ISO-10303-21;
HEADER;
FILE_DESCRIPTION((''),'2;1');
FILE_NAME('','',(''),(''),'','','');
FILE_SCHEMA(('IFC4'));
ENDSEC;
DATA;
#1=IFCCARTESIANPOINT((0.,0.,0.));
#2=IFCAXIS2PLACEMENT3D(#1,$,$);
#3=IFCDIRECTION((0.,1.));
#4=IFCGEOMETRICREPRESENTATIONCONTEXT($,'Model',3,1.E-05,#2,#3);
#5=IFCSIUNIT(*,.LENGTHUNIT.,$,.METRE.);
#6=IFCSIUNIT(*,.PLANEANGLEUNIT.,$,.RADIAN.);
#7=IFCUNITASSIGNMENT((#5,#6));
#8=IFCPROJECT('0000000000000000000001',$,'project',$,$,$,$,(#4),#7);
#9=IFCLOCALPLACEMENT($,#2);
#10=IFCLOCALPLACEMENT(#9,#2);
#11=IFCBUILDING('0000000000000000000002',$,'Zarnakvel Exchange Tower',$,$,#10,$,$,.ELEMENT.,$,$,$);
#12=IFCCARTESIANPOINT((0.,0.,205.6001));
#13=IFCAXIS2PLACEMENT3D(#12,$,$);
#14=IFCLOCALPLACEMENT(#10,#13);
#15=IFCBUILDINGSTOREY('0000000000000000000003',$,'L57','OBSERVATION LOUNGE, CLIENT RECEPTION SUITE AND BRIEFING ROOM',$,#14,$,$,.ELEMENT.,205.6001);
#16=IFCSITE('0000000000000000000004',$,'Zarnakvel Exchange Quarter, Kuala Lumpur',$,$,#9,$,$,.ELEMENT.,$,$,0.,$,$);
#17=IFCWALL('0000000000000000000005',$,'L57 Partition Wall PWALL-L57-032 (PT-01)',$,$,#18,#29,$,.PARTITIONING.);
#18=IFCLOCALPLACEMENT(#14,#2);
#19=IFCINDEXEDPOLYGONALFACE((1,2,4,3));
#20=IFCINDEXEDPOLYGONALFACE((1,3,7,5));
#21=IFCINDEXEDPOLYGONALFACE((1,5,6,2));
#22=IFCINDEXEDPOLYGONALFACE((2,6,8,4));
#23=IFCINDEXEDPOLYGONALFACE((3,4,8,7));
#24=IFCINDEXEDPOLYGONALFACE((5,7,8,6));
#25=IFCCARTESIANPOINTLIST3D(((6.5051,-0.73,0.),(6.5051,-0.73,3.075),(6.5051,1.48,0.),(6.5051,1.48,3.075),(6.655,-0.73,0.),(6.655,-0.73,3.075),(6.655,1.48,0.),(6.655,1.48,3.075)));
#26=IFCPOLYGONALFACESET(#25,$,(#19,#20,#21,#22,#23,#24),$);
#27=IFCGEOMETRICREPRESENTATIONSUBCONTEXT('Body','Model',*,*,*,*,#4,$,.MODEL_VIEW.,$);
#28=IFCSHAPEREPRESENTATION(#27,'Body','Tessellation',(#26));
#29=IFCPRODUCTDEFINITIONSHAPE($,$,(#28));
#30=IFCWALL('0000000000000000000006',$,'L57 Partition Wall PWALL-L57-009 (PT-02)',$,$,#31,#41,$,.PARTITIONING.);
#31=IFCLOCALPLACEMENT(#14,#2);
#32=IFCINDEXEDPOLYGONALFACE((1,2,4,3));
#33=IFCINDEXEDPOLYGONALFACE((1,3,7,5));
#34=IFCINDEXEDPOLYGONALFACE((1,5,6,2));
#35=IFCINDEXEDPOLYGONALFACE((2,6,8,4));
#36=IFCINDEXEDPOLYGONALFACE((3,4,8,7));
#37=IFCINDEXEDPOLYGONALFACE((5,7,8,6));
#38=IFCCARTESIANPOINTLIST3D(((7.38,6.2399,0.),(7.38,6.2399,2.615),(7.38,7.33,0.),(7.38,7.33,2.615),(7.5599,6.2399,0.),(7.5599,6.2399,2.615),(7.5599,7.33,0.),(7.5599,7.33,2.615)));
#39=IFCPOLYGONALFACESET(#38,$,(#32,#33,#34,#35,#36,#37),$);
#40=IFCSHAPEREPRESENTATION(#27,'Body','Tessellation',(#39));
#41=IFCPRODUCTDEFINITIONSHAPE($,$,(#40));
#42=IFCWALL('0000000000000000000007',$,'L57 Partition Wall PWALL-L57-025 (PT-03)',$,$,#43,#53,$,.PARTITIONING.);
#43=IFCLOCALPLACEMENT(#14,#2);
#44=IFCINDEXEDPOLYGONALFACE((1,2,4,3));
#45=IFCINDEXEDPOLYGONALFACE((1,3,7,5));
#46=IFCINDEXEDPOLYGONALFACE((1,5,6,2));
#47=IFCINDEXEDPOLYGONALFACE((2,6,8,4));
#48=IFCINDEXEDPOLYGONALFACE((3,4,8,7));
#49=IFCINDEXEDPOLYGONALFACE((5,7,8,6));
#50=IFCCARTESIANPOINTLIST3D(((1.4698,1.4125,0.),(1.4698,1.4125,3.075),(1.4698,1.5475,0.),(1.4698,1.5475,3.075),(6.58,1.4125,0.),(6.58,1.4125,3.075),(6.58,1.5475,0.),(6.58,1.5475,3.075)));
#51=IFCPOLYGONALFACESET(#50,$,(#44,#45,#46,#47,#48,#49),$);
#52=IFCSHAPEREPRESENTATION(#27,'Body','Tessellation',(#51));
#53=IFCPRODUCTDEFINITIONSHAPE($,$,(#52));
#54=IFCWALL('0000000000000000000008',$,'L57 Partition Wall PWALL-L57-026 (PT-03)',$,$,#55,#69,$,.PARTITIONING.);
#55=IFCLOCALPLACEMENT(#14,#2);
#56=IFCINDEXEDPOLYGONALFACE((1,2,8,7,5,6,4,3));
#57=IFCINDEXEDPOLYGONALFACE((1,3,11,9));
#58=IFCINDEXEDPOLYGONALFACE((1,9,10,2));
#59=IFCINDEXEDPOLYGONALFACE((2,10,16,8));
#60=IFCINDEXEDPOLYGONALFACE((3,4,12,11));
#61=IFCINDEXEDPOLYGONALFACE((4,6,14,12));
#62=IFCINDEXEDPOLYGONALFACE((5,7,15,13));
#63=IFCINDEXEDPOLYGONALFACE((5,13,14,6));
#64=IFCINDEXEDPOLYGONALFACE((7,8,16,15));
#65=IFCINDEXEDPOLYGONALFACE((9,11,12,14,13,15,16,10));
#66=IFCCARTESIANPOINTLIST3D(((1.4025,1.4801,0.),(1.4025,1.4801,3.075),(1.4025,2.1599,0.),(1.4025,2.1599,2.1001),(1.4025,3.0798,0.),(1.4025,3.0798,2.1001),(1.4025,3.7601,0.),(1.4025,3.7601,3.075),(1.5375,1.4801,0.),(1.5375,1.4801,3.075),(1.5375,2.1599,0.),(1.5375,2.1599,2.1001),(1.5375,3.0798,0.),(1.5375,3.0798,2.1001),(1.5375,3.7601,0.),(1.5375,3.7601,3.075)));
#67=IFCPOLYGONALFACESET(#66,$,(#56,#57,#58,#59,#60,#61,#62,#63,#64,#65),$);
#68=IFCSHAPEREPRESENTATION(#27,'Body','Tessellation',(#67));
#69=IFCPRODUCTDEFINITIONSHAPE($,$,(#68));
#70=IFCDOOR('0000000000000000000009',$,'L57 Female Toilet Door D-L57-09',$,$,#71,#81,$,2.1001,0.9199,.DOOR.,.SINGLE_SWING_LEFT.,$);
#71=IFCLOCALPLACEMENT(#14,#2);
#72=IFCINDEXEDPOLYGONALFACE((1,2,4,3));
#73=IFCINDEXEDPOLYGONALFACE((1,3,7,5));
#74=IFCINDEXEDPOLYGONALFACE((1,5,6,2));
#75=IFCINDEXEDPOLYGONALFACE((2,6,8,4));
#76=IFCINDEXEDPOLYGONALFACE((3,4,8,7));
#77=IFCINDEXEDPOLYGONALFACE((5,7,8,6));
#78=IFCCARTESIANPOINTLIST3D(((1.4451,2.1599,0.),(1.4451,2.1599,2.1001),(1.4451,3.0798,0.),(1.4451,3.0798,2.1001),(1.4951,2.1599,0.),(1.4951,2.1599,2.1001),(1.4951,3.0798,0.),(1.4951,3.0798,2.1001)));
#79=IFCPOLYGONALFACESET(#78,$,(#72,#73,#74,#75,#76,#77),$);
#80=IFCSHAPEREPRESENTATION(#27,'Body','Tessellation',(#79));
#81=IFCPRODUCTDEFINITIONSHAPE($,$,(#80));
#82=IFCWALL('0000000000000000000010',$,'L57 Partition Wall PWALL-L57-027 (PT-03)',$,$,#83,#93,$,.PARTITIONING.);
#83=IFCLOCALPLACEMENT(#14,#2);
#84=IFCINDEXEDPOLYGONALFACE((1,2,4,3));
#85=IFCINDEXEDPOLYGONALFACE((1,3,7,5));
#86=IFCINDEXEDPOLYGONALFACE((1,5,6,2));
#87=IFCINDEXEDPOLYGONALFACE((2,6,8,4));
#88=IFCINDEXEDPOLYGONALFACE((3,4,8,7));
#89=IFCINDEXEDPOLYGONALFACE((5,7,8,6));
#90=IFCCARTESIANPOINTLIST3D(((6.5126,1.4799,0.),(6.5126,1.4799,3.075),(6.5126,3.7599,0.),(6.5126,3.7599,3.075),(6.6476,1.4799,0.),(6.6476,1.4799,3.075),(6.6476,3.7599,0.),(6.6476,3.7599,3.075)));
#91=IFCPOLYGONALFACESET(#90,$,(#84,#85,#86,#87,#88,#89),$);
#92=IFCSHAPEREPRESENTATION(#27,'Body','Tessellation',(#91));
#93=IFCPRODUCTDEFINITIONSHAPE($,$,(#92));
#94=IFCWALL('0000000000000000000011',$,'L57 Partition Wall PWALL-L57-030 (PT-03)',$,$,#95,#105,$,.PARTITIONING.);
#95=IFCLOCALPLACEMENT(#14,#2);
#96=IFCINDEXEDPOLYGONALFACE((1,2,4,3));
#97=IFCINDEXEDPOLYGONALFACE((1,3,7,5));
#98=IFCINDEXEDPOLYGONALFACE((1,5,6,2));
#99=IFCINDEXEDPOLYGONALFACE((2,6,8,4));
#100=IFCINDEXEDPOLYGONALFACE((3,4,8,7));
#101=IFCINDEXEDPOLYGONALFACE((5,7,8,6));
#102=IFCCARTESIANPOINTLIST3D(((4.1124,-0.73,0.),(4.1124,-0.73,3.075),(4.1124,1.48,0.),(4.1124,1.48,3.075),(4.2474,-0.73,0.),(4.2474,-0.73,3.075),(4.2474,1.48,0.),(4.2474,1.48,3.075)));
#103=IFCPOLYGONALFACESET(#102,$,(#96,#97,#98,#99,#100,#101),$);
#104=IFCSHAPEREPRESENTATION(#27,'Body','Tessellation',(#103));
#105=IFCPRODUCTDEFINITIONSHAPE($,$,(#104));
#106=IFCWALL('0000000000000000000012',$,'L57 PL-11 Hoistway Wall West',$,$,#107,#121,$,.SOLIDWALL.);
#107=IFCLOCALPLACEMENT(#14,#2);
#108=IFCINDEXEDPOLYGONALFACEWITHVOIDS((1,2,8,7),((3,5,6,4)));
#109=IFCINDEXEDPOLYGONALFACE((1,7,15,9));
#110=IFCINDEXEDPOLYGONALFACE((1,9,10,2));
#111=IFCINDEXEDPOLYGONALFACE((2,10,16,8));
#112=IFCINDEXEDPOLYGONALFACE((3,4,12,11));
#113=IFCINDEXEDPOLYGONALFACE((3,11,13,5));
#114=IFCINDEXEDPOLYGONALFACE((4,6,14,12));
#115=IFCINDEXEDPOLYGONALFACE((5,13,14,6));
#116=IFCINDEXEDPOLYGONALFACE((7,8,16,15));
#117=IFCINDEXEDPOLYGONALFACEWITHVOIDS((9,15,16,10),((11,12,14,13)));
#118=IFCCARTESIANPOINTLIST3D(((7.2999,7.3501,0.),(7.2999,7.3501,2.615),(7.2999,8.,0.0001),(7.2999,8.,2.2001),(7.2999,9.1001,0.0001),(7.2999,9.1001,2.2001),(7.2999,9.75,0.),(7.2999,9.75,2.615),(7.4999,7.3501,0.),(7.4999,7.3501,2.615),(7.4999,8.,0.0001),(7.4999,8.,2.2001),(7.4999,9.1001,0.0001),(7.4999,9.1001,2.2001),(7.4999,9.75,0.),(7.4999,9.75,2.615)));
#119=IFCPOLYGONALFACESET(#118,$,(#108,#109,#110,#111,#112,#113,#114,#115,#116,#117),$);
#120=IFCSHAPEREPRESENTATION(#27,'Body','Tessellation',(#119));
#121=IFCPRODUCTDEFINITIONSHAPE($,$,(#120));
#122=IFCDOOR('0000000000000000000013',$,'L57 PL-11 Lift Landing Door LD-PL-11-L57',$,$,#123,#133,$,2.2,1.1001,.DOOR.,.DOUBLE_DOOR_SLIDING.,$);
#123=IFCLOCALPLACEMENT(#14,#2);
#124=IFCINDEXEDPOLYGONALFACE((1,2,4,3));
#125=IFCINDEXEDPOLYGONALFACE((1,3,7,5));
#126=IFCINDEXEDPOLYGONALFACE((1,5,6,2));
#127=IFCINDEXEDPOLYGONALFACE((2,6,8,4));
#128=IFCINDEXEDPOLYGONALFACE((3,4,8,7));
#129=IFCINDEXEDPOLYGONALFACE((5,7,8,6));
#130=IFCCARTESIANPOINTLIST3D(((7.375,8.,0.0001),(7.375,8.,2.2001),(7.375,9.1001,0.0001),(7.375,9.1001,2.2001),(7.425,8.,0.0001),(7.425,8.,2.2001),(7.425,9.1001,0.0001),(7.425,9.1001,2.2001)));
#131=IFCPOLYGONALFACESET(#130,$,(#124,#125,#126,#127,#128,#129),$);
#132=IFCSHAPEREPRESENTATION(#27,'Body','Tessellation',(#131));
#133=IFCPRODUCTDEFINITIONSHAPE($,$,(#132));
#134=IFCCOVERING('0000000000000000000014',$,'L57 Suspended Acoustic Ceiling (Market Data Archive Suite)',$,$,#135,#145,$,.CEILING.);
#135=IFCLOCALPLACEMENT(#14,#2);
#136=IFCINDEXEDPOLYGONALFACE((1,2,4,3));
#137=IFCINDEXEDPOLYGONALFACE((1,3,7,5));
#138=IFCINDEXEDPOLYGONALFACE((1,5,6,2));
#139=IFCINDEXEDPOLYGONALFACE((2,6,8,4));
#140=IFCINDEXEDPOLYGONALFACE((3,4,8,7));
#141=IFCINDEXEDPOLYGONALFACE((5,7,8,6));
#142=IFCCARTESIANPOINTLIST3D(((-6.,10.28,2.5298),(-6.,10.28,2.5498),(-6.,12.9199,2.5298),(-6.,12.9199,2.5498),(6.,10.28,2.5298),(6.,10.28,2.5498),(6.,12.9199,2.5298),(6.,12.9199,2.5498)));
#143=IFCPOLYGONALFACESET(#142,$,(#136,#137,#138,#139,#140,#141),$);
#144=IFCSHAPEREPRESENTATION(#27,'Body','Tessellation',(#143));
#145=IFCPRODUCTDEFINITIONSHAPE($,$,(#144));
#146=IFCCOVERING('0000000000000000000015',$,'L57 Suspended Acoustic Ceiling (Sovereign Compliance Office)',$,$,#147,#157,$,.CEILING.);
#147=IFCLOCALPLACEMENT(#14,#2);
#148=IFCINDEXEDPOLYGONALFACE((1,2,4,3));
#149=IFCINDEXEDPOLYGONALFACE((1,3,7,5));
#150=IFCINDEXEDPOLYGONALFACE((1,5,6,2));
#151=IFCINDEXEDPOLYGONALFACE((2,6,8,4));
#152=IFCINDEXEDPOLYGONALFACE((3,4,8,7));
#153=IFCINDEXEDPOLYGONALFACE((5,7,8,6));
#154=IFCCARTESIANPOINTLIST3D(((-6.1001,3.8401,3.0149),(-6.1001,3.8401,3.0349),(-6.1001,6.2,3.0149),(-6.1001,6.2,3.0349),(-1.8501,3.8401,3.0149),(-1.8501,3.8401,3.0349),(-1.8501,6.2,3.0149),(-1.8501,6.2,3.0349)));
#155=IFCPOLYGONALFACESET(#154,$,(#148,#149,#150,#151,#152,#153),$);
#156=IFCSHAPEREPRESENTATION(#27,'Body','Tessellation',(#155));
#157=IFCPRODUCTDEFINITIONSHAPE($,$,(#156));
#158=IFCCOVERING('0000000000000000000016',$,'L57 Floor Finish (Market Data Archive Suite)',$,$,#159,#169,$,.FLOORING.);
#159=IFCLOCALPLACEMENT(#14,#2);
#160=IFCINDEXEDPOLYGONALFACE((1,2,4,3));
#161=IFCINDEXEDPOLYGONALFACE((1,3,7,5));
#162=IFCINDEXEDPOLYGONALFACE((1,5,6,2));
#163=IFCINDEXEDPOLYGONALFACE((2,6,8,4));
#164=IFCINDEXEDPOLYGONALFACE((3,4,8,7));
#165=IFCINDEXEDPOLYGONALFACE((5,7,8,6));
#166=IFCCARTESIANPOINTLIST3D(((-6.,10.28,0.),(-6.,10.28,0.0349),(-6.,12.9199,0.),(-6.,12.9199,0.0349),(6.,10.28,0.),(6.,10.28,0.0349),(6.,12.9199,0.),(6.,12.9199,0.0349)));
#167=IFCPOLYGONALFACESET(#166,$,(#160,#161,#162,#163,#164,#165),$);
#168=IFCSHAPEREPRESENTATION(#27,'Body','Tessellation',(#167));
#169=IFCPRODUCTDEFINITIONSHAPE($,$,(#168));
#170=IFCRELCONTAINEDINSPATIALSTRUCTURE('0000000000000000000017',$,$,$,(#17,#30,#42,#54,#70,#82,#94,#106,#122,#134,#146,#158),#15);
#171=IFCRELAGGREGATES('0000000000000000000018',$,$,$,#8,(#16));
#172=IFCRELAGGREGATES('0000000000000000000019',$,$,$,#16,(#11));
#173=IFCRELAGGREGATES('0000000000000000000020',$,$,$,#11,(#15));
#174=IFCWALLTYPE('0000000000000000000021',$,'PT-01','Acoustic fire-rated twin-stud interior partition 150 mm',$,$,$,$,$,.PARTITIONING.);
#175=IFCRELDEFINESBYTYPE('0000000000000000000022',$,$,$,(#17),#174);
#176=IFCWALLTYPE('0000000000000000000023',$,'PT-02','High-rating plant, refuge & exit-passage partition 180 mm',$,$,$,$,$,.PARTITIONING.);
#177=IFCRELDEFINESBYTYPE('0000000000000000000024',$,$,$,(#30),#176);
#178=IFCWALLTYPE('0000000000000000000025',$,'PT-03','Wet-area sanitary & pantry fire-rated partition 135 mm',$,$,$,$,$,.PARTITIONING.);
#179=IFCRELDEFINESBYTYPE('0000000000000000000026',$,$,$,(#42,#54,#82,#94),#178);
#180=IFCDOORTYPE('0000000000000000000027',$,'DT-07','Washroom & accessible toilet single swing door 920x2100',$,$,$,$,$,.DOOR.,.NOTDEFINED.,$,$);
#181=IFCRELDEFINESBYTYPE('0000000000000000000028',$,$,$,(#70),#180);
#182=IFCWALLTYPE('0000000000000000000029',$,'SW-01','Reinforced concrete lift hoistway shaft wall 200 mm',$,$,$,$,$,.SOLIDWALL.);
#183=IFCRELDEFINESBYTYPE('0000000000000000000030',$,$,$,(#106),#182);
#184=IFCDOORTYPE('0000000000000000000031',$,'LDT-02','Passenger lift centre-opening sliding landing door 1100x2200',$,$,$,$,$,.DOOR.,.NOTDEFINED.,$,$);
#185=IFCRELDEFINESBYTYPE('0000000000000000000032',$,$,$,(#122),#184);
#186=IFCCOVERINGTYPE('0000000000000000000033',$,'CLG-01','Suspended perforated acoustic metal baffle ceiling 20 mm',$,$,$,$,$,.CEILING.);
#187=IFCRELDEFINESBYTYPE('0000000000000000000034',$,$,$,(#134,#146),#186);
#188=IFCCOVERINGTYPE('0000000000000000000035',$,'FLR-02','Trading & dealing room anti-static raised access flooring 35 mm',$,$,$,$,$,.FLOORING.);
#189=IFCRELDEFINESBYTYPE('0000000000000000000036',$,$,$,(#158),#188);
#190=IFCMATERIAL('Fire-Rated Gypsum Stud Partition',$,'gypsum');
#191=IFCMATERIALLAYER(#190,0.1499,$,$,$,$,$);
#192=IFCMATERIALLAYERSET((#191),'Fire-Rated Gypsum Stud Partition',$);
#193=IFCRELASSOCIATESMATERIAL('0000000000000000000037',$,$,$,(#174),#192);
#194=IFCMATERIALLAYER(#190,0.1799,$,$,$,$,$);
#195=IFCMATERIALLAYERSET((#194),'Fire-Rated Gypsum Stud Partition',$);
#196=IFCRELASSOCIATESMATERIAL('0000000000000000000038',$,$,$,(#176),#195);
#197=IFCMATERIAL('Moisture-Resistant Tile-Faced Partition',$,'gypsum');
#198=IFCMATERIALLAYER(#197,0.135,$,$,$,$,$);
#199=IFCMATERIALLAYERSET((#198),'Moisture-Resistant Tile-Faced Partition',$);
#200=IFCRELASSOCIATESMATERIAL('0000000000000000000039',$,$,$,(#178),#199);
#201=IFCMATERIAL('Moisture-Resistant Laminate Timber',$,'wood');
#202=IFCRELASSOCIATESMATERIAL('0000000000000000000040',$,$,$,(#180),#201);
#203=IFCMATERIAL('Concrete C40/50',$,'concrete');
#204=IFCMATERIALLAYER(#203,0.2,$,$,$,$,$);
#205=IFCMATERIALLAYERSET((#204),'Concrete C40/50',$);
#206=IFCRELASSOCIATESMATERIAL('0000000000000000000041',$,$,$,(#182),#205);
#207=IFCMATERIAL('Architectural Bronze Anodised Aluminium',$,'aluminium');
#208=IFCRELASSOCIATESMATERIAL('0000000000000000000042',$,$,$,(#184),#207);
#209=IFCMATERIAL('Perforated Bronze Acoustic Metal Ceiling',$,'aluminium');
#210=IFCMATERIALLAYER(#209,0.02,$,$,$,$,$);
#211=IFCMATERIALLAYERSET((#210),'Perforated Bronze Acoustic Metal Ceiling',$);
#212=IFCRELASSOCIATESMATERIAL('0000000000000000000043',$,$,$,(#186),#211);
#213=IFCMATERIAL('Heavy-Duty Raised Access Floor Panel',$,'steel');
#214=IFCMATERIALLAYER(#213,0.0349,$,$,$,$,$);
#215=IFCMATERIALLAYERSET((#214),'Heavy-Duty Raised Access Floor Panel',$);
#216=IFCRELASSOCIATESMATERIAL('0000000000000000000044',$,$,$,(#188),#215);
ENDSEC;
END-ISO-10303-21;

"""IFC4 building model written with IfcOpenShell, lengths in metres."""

from ifc_helpers import new_model, si_unit, direction, frame, frame_2d, origin, place, context, subcontext, project, spatial, polyline, rectangle, outline, extrude, source, transform, mapped, material, layer, layer_set, type_object, element, fill, save


model = new_model("IFC4")

# Units and contexts
model_context = context("Model", 3, precision=1e-05, world=origin(), true_north=direction((0.0, 1.0)))
body_context = subcontext(model_context, "Body", "Model", "MODEL_VIEW")
ifc_project = project(units=[si_unit("LENGTHUNIT", "METRE"), si_unit("PLANEANGLEUNIT", "RADIAN")], contexts=[model_context])

# Site, building, storey
site_placement = place(None, origin())
site = spatial("IfcSite", under=ifc_project, at=site_placement, Name="Zarnakvel Exchange Quarter, Kuala Lumpur", CompositionType="ELEMENT", RefElevation=0.0)
building_placement = place(site_placement, origin())
building = spatial("IfcBuilding", under=site, at=building_placement, Name="Zarnakvel Exchange Tower", CompositionType="ELEMENT")
storey_placement = place(building_placement, frame((0.0, 0.0, 205.6001)))
storey = spatial("IfcBuildingStorey", under=building, at=storey_placement, Name="L57", Description="OBSERVATION LOUNGE, CLIENT RECEPTION SUITE AND BRIEFING ROOM", CompositionType="ELEMENT", Elevation=205.6001)

# Shared definitions
ifc_material_1 = material(Name="Concrete C40/50", Category="concrete")

# Shared definitions
ifc_material_2 = material(Name="Fire-Rated Gypsum Stud Partition", Category="gypsum")
ifc_layer_1 = layer(ifc_material_2, 0.1499)
ifc_layer_set_1 = layer_set([ifc_layer_1], Name="Fire-Rated Gypsum Stud Partition")
wall_type_1 = type_object("IfcWallType", Name="PT-01", Description="Acoustic fire-rated twin-stud interior partition 150 mm", PredefinedType="PARTITIONING", material=ifc_layer_set_1)

# Walls
wall_1_placement = place(storey_placement, frame((6.5801, 1.48, 0.0), z_axis=(0.0, 0.0, 1.0), x_axis=(0.0, -1.0, 0.0)))
element("IfcWall", 1, at=wall_1_placement, inside=storey, type_object=wall_type_1, Name="L57 Partition Wall PWALL-L57-032 (PT-01)", PredefinedType="PARTITIONING", context=body_context, shape_type="SweptSolid", body=[
    extrude(rectangle(XDim=2.21, YDim=0.1499, at=frame_2d((1.105, 0.0))), origin(), (0.0, 0.0, 1.0), 3.075),
])
ifc_layer_2 = layer(ifc_material_2, 0.1799)
ifc_layer_set_2 = layer_set([ifc_layer_2], Name="Fire-Rated Gypsum Stud Partition")
wall_type_2 = type_object("IfcWallType", Name="PT-02", Description="High-rating plant, refuge & exit-passage partition 180 mm", PredefinedType="PARTITIONING", material=ifc_layer_set_2)
wall_2_placement = place(storey_placement, frame((7.47, 6.24, 0.0), z_axis=(0.0, 0.0, 1.0), x_axis=(0.0, 1.0, 0.0)))
element("IfcWall", 2, at=wall_2_placement, inside=storey, type_object=wall_type_2, Name="L57 Partition Wall PWALL-L57-009 (PT-02)", PredefinedType="PARTITIONING", context=body_context, shape_type="SweptSolid", body=[
    extrude(rectangle(XDim=1.0901, YDim=0.1799, at=frame_2d((0.5449, 0.0))), origin(), (0.0, 0.0, 1.0), 2.615),
])
ifc_material_3 = material(Name="Moisture-Resistant Tile-Faced Partition", Category="gypsum")
ifc_layer_3 = layer(ifc_material_3, 0.135)
ifc_layer_set_3 = layer_set([ifc_layer_3], Name="Moisture-Resistant Tile-Faced Partition")
wall_type_3 = type_object("IfcWallType", Name="PT-03", Description="Wet-area sanitary & pantry fire-rated partition 135 mm", PredefinedType="PARTITIONING", material=ifc_layer_set_3)
wall_3_placement = place(storey_placement, frame((6.5801, 1.48, 0.0), z_axis=(0.0, 0.0, 1.0), x_axis=(-1.0, 0.0, 0.0)))
element("IfcWall", 3, at=wall_3_placement, inside=storey, type_object=wall_type_3, Name="L57 Partition Wall PWALL-L57-025 (PT-03)", PredefinedType="PARTITIONING", context=body_context, shape_type="SweptSolid", body=[
    extrude(rectangle(XDim=5.1101, YDim=0.135, at=frame_2d((2.5552, 0.0))), origin(), (0.0, 0.0, 1.0), 3.075),
])

# Wall, opening, door
wall_4_placement = place(storey_placement, frame((1.47, 1.48, 0.0), z_axis=(0.0, 0.0, 1.0), x_axis=(0.0, 1.0, 0.0)))
wall_4 = element("IfcWall", 4, at=wall_4_placement, inside=storey, type_object=wall_type_3, Name="L57 Partition Wall PWALL-L57-026 (PT-03)", PredefinedType="PARTITIONING", context=body_context, shape_type="SweptSolid", body=[
    extrude(rectangle(XDim=2.28, YDim=0.135, at=frame_2d((1.1401, 0.0))), origin(), (0.0, 0.0, 1.0), 3.075),
])
opening_1_placement = place(wall_4_placement, frame((0.6799, 0.0, 0.0)))
opening_1 = element("IfcOpeningElement", 5, at=opening_1_placement, cuts=wall_4, PredefinedType="OPENING", context=body_context, shape_type="SweptSolid", body=[
    extrude(rectangle(XDim=0.9199, YDim=2.1001, at=frame_2d((0.46, 1.05))), frame((0.0, 0.0774, 0.0), z_axis=(0.0, -1.0, 0.0), x_axis=(1.0, 0.0, 0.0)), (0.0, 0.0, 1.0), 0.155),
])
ifc_material_4 = material(Name="Moisture-Resistant Laminate Timber", Category="wood")
door_type_1 = type_object("IfcDoorType", Name="DT-07", Description="Washroom & accessible toilet single swing door 920x2100", OperationType="NOTDEFINED", PredefinedType="DOOR", material=ifc_material_4)
shared_shape_1 = source(origin(), body_context, "Body", "SweptSolid", [
    extrude(rectangle(XDim=0.9199, YDim=2.1001, at=frame_2d((0.46, 1.05))), frame((0.0, 0.0249, 0.0), z_axis=(0.0, -1.0, 0.0), x_axis=(1.0, 0.0, 0.0)), (0.0, 0.0, 1.0), 0.05),
])
door_1_placement = place(opening_1_placement, origin())
door_1 = element("IfcDoor", 6, at=door_1_placement, inside=storey, type_object=door_type_1, Name="L57 Female Toilet Door D-L57-09", OperationType="SINGLE_SWING_LEFT", OverallHeight=2.1001, OverallWidth=0.9199, PredefinedType="DOOR", context=body_context, shape_type="MappedRepresentation", body=[
    mapped(shared_shape_1, transform((0.0, 0.0, 0.0), x_axis=(1.0, 0.0, 0.0), y_axis=(0.0, 1.0, 0.0), z_axis=(0.0, 0.0, 1.0), scale=1.0)),
])
fill(opening_1, door_1)

# Walls
wall_5_placement = place(storey_placement, frame((6.5801, 3.76, 0.0), z_axis=(0.0, 0.0, 1.0), x_axis=(0.0, -1.0, 0.0)))
element("IfcWall", 7, at=wall_5_placement, inside=storey, type_object=wall_type_3, Name="L57 Partition Wall PWALL-L57-027 (PT-03)", PredefinedType="PARTITIONING", context=body_context, shape_type="SweptSolid", body=[
    extrude(rectangle(XDim=2.28, YDim=0.135, at=frame_2d((1.1401, 0.0))), origin(), (0.0, 0.0, 1.0), 3.075),
])
wall_6_placement = place(storey_placement, frame((4.1799, 1.48, 0.0), z_axis=(0.0, 0.0, 1.0), x_axis=(0.0, -1.0, 0.0)))
element("IfcWall", 8, at=wall_6_placement, inside=storey, type_object=wall_type_3, Name="L57 Partition Wall PWALL-L57-030 (PT-03)", PredefinedType="PARTITIONING", context=body_context, shape_type="SweptSolid", body=[
    extrude(rectangle(XDim=2.21, YDim=0.135, at=frame_2d((1.105, 0.0))), origin(), (0.0, 0.0, 1.0), 3.075),
])

# Wall, opening, door
ifc_layer_4 = layer(ifc_material_1, 0.2)
ifc_layer_set_4 = layer_set([ifc_layer_4], Name="Concrete C40/50")
wall_type_4 = type_object("IfcWallType", Name="SW-01", Description="Reinforced concrete lift hoistway shaft wall 200 mm", PredefinedType="SOLIDWALL", material=ifc_layer_set_4)
wall_7_placement = place(storey_placement, frame((7.3999, 7.3501, 0.0), z_axis=(0.0, 0.0, 1.0), x_axis=(0.0, 1.0, 0.0)))
wall_7 = element("IfcWall", 9, at=wall_7_placement, inside=storey, type_object=wall_type_4, Name="L57 PL-11 Hoistway Wall West", PredefinedType="SOLIDWALL", context=body_context, shape_type="SweptSolid", body=[
    extrude(rectangle(XDim=2.3999, YDim=0.2, at=frame_2d((1.2, 0.0))), origin(), (0.0, 0.0, 1.0), 2.615),
])
opening_2_placement = place(wall_7_placement, frame((0.6499, 0.0, 0.0)))
opening_2 = element("IfcOpeningElement", 10, at=opening_2_placement, cuts=wall_7, PredefinedType="OPENING", context=body_context, shape_type="SweptSolid", body=[
    extrude(rectangle(XDim=1.1001, YDim=2.2, at=frame_2d((0.55, 1.1001))), frame((0.0, 0.1099, 0.0), z_axis=(0.0, -1.0, 0.0), x_axis=(1.0, 0.0, 0.0)), (0.0, 0.0, 1.0), 0.22),
])
ifc_material_5 = material(Name="Architectural Bronze Anodised Aluminium", Category="aluminium")
door_type_2 = type_object("IfcDoorType", Name="LDT-02", Description="Passenger lift centre-opening sliding landing door 1100x2200", OperationType="NOTDEFINED", PredefinedType="DOOR", material=ifc_material_5)
shared_shape_2 = source(origin(), body_context, "Body", "SweptSolid", [
    extrude(rectangle(XDim=1.1001, YDim=2.2, at=frame_2d((0.55, 1.1001))), frame((0.0, 0.0249, 0.0), z_axis=(0.0, -1.0, 0.0), x_axis=(1.0, 0.0, 0.0)), (0.0, 0.0, 1.0), 0.05),
])
door_2_placement = place(opening_2_placement, origin())
door_2 = element("IfcDoor", 11, at=door_2_placement, inside=storey, type_object=door_type_2, Name="L57 PL-11 Lift Landing Door LD-PL-11-L57", OperationType="DOUBLE_DOOR_SLIDING", OverallHeight=2.2, OverallWidth=1.1001, PredefinedType="DOOR", context=body_context, shape_type="MappedRepresentation", body=[
    mapped(shared_shape_2, transform((0.0, 0.0, 0.0), x_axis=(1.0, 0.0, 0.0), y_axis=(0.0, 1.0, 0.0), z_axis=(0.0, 0.0, 1.0), scale=1.0)),
])
fill(opening_2, door_2)

# Coverings
ifc_material_6 = material(Name="Perforated Bronze Acoustic Metal Ceiling", Category="aluminium")
ifc_layer_5 = layer(ifc_material_6, 0.02)
ifc_layer_set_5 = layer_set([ifc_layer_5], Name="Perforated Bronze Acoustic Metal Ceiling")
covering_type_1 = type_object("IfcCoveringType", Name="CLG-01", Description="Suspended perforated acoustic metal baffle ceiling 20 mm", PredefinedType="CEILING", material=ifc_layer_set_5)
covering_1_placement = place(storey_placement, frame((0.0, 0.0, 2.5298)))
element("IfcCovering", 12, at=covering_1_placement, inside=storey, type_object=covering_type_1, Name="L57 Suspended Acoustic Ceiling (Market Data Archive Suite)", PredefinedType="CEILING", context=body_context, shape_type="SweptSolid", body=[
    extrude(outline(polyline([(-6.0, 12.9199), (6.0, 12.9199), (6.0, 10.28), (-6.0, 10.28), (-6.0, 12.9199)])), origin(), (0.0, 0.0, 1.0), 0.02),
])
covering_2_placement = place(storey_placement, frame((0.0, 0.0, 3.0149)))
element("IfcCovering", 13, at=covering_2_placement, inside=storey, type_object=covering_type_1, Name="L57 Suspended Acoustic Ceiling (Sovereign Compliance Office)", PredefinedType="CEILING", context=body_context, shape_type="SweptSolid", body=[
    extrude(outline(polyline([(-6.1001, 6.2), (-1.8501, 6.2), (-1.8501, 3.8401), (-6.1001, 3.8401), (-6.1001, 6.2)])), origin(), (0.0, 0.0, 1.0), 0.02),
])
ifc_material_7 = material(Name="Heavy-Duty Raised Access Floor Panel", Category="steel")
ifc_layer_6 = layer(ifc_material_7, 0.0349)
ifc_layer_set_6 = layer_set([ifc_layer_6], Name="Heavy-Duty Raised Access Floor Panel")
covering_type_2 = type_object("IfcCoveringType", Name="FLR-02", Description="Trading & dealing room anti-static raised access flooring 35 mm", PredefinedType="FLOORING", material=ifc_layer_set_6)
covering_3_placement = place(storey_placement, origin())
element("IfcCovering", 14, at=covering_3_placement, inside=storey, type_object=covering_type_2, Name="L57 Floor Finish (Market Data Archive Suite)", PredefinedType="FLOORING", context=body_context, shape_type="SweptSolid", body=[
    extrude(outline(polyline([(-6.0, 12.9199), (6.0, 12.9199), (6.0, 10.28), (-6.0, 10.28), (-6.0, 12.9199)])), origin(), (0.0, 0.0, 1.0), 0.0349),
])

save(model, "model.ifc")
